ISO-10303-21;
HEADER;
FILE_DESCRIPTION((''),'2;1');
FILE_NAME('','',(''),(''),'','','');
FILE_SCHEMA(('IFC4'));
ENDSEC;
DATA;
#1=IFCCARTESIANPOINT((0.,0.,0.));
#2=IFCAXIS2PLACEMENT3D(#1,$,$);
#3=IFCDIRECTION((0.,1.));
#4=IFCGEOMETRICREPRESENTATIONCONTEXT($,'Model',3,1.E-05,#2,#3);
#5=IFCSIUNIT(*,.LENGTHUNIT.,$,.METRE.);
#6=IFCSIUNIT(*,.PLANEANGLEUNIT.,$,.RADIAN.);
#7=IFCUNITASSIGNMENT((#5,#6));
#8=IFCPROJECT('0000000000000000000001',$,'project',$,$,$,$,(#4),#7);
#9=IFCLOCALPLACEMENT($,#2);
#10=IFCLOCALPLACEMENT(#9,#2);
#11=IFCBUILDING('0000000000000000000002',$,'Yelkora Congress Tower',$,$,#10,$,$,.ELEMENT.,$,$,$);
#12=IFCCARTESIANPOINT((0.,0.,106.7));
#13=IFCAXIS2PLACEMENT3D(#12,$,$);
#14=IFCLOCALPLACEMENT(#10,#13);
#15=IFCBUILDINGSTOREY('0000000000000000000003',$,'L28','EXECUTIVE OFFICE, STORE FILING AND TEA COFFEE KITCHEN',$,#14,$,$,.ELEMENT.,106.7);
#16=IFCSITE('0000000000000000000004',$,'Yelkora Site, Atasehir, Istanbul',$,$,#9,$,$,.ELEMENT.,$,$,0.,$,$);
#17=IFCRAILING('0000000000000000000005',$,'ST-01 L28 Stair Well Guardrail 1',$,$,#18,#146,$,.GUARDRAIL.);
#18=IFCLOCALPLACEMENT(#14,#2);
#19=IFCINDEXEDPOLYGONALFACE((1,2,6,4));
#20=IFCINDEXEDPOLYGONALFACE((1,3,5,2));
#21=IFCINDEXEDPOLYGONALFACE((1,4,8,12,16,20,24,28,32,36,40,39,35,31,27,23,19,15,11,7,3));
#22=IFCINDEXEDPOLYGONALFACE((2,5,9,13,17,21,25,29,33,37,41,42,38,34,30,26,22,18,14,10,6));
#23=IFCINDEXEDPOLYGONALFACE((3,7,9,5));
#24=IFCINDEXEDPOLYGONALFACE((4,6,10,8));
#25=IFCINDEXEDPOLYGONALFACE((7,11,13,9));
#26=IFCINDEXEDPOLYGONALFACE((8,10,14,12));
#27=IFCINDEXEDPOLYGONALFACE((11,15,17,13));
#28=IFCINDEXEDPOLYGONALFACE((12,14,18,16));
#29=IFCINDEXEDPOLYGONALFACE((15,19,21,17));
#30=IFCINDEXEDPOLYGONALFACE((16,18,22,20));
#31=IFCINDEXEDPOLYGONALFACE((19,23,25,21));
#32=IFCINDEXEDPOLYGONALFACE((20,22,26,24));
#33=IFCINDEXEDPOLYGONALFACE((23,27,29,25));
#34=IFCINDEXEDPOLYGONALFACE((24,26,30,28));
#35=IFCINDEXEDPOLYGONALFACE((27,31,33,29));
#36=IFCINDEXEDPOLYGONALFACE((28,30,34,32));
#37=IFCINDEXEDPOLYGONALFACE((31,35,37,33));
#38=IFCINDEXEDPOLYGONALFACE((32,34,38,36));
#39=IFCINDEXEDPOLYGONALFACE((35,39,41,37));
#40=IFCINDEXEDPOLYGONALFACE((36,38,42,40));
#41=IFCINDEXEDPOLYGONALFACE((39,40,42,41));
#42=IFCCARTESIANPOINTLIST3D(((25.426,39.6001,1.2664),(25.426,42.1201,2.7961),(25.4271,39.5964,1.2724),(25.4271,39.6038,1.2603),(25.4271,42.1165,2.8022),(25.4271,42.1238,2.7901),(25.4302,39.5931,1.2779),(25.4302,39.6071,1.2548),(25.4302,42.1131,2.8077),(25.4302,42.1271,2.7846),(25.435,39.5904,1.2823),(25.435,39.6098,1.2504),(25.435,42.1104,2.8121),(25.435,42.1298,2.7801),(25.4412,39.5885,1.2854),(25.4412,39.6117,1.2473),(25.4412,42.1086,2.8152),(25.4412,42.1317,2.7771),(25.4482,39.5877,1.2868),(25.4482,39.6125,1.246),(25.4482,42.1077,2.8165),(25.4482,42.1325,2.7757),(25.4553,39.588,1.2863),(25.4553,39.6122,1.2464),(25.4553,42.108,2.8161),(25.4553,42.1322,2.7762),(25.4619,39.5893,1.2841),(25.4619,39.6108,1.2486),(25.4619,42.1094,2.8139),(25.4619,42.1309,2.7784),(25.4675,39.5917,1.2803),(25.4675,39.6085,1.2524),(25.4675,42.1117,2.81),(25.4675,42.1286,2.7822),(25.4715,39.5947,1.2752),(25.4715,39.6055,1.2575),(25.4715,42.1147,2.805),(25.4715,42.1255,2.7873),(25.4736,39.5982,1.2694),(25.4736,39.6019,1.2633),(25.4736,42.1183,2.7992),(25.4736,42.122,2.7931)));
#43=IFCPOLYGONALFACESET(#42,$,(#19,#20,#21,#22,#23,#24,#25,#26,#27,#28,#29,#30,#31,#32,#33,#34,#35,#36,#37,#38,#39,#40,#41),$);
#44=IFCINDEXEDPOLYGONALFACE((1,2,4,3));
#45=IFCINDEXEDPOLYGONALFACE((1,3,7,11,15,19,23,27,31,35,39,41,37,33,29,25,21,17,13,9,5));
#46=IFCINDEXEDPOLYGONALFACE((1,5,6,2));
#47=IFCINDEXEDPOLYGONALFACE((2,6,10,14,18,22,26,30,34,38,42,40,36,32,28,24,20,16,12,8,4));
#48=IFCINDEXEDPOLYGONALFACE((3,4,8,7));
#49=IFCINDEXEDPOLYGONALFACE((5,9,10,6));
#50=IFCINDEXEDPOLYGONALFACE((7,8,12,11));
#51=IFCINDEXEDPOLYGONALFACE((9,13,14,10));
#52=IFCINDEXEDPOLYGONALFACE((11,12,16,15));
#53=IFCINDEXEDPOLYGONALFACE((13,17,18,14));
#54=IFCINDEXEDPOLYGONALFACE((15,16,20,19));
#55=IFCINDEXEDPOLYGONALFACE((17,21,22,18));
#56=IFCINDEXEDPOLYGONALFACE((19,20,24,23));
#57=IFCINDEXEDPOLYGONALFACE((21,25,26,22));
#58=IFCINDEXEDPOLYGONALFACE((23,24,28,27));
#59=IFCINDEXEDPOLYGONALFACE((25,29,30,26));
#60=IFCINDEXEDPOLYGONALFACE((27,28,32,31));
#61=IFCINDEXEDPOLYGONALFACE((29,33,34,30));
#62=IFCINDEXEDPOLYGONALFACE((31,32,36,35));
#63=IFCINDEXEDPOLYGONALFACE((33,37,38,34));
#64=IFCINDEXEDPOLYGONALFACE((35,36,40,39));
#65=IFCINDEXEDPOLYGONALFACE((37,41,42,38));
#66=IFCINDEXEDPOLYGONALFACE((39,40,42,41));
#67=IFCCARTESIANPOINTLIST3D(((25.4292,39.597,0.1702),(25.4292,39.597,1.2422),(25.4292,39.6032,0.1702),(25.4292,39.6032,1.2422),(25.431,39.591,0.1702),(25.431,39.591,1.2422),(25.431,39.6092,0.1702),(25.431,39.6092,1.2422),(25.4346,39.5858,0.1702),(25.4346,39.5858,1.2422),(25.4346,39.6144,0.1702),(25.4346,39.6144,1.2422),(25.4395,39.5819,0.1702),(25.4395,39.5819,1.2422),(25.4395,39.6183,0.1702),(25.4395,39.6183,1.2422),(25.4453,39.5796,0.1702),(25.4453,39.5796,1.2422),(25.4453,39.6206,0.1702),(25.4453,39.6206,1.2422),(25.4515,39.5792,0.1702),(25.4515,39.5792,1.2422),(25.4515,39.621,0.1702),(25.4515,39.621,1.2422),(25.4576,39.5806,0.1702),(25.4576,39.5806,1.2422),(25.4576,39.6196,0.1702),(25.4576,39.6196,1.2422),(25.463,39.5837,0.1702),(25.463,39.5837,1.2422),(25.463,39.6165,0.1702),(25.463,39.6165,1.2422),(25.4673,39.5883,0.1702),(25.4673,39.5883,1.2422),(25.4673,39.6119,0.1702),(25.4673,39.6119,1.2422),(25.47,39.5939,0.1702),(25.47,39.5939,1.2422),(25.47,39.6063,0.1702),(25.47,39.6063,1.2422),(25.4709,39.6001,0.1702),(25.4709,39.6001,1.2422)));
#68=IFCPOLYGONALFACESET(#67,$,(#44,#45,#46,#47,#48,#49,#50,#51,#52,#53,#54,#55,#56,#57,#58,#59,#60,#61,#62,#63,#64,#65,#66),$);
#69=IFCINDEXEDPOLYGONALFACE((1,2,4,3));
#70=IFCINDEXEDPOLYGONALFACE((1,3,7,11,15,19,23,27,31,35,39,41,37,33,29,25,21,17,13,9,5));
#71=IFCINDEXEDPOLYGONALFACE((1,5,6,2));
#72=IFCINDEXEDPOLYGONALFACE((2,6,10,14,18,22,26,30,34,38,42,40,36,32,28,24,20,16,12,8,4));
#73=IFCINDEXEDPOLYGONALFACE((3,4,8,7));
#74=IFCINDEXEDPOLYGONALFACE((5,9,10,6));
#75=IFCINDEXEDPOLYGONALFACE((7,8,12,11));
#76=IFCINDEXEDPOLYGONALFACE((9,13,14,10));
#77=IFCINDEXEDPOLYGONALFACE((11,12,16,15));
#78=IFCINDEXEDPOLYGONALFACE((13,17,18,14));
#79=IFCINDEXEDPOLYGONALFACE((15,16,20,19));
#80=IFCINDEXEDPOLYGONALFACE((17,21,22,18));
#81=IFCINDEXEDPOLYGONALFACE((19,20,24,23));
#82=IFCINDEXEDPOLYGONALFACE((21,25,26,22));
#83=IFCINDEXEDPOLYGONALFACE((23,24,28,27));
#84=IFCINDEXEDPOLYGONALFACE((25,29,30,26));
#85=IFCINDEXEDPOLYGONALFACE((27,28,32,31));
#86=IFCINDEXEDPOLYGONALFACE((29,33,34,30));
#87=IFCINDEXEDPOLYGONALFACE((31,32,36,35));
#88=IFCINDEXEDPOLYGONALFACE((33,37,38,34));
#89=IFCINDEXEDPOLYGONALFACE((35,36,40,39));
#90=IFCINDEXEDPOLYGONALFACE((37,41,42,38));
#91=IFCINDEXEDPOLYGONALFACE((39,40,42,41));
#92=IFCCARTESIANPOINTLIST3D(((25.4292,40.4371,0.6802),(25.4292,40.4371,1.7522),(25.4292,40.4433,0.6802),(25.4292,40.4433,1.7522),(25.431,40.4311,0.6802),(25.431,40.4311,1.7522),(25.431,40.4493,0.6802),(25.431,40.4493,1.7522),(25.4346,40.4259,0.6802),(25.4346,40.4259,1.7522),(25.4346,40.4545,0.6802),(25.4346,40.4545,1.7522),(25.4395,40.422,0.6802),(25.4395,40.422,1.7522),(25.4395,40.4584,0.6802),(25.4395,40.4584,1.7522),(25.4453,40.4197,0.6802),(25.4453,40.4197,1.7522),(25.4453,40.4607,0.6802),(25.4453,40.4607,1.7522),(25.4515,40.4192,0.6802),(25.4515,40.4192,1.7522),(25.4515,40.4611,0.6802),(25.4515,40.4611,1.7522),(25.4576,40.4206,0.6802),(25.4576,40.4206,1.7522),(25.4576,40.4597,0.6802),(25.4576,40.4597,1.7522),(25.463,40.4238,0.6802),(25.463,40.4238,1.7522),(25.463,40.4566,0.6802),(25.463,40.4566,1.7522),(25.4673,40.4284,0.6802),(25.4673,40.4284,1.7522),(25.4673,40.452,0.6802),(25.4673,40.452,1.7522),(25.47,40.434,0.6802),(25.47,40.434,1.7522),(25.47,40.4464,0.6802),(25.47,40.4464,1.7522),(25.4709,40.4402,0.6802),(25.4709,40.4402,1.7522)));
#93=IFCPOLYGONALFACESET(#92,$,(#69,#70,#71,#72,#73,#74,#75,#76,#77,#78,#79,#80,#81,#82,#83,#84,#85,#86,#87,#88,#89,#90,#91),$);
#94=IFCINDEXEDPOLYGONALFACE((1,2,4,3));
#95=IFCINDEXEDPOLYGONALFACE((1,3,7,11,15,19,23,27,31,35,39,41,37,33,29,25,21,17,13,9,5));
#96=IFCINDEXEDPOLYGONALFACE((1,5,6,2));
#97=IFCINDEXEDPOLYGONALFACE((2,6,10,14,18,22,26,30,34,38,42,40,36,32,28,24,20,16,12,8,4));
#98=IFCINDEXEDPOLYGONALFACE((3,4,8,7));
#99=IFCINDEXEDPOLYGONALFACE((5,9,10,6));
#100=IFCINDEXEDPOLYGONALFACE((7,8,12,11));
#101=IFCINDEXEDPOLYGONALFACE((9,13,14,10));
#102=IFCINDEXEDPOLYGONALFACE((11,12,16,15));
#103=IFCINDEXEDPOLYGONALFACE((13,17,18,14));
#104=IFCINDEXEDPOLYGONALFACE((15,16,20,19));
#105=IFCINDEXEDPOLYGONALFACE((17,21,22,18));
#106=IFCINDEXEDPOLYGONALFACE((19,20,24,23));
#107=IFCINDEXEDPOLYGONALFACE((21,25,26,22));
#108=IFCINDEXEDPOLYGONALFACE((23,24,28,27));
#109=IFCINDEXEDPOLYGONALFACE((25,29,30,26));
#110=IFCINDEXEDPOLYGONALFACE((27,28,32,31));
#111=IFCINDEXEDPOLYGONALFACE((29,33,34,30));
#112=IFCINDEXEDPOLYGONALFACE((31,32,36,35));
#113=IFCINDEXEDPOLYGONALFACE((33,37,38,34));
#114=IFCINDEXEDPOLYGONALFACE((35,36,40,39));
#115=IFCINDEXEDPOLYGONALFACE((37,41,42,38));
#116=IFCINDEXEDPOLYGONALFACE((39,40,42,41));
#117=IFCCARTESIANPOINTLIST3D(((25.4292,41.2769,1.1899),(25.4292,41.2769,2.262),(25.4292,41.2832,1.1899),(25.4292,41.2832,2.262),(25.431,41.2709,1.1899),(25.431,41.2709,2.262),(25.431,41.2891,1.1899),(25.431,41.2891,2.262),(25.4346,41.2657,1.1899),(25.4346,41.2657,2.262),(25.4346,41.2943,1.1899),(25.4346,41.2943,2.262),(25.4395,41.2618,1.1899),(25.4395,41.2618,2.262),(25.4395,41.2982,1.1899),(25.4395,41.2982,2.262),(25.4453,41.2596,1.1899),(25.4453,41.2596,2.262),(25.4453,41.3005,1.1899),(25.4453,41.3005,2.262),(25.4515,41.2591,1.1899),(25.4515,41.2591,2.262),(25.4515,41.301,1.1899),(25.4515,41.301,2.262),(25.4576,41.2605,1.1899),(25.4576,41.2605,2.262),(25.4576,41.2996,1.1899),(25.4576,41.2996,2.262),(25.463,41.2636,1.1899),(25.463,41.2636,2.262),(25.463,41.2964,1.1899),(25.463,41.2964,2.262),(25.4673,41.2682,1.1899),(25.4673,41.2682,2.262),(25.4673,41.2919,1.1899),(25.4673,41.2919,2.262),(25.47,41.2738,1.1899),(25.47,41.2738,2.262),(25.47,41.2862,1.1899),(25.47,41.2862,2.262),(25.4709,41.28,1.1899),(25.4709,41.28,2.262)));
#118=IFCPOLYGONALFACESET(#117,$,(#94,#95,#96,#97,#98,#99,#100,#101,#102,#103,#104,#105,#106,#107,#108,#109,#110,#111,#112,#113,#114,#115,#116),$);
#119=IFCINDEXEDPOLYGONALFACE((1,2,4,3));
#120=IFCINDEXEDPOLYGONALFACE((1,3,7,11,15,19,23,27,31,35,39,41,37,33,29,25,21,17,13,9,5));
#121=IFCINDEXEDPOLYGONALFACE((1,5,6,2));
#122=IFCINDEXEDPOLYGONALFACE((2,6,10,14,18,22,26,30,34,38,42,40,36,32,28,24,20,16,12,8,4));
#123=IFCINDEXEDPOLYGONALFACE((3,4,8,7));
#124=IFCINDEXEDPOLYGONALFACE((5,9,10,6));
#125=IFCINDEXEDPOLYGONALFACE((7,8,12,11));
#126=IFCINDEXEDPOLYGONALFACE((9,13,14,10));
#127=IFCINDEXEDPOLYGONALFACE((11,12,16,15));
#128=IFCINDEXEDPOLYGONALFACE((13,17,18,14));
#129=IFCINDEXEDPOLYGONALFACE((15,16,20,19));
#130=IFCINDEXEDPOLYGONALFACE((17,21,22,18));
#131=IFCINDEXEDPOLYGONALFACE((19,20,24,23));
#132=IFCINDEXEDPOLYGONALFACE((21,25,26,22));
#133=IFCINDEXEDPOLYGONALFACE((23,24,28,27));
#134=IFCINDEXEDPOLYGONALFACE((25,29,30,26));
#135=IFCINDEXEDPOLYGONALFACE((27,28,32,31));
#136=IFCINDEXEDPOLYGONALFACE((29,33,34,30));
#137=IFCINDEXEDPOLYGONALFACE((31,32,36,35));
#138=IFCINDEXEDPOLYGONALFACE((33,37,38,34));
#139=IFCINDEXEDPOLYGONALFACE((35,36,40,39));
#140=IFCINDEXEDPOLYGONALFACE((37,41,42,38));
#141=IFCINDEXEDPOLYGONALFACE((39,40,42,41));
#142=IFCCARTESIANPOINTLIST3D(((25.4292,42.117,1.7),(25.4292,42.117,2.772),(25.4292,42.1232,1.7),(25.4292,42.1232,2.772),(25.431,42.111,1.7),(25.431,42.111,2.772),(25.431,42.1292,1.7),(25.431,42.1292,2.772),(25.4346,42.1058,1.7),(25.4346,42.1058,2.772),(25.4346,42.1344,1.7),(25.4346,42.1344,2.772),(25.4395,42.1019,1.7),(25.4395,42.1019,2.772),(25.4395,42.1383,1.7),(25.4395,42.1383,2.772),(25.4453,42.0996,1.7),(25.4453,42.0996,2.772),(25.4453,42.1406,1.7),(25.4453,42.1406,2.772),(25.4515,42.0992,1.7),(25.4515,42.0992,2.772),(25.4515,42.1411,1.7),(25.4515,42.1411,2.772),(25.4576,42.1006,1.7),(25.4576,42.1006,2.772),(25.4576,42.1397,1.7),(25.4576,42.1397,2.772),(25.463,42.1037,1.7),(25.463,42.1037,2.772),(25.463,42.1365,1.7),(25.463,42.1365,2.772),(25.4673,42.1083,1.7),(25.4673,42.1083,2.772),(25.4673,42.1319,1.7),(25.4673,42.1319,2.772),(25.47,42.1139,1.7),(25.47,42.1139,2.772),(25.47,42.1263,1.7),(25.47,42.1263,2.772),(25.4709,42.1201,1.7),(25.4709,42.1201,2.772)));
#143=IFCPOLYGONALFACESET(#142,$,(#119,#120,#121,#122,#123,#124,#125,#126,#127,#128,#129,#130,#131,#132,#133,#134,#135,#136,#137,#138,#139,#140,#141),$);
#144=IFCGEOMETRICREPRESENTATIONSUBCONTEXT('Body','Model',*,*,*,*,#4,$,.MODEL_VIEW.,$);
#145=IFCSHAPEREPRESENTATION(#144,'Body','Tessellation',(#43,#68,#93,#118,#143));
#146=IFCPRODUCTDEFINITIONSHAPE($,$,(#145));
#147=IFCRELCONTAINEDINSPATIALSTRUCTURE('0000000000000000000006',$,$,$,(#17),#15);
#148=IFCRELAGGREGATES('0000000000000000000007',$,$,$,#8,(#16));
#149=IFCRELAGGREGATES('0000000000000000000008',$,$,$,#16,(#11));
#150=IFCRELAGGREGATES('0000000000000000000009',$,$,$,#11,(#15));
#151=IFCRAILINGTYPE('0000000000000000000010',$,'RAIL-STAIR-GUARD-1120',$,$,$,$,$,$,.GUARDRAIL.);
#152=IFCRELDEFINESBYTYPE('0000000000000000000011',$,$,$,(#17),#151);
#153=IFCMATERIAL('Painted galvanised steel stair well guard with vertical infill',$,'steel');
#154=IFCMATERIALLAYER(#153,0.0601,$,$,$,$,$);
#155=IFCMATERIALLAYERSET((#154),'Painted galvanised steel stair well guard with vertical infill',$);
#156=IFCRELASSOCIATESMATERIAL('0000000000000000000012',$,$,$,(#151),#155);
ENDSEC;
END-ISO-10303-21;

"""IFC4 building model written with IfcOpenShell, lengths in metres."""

from ifc_helpers import new_model, si_unit, direction, frame, origin, origin_2d, place, context, subcontext, project, spatial, circle, extrude, material, layer, layer_set, type_object, element, save


model = new_model("IFC4")

# Units and contexts
model_context = context("Model", 3, precision=1e-05, world=origin(), true_north=direction((0.0, 1.0)))
body_context = subcontext(model_context, "Body", "Model", "MODEL_VIEW")
ifc_project = project(units=[si_unit("LENGTHUNIT", "METRE"), si_unit("PLANEANGLEUNIT", "RADIAN")], contexts=[model_context])

# Site, building, storey
site_placement = place(None, origin())
site = spatial("IfcSite", under=ifc_project, at=site_placement, Name="Yelkora Site, Atasehir, Istanbul", CompositionType="ELEMENT", RefElevation=0.0)
building_placement = place(site_placement, origin())
building = spatial("IfcBuilding", under=site, at=building_placement, Name="Yelkora Congress Tower", CompositionType="ELEMENT")
storey_placement = place(building_placement, frame((0.0, 0.0, 106.7)))
storey = spatial("IfcBuildingStorey", under=building, at=storey_placement, Name="L28", Description="EXECUTIVE OFFICE, STORE FILING AND TEA COFFEE KITCHEN", CompositionType="ELEMENT", Elevation=106.7)

# Railing
ifc_material_1 = material(Name="Painted galvanised steel stair well guard with vertical infill", Category="steel")
ifc_layer_1 = layer(ifc_material_1, 0.0601)
ifc_layer_set_1 = layer_set([ifc_layer_1], Name="Painted galvanised steel stair well guard with vertical infill")
railing_type_1 = type_object("IfcRailingType", Name="RAIL-STAIR-GUARD-1120", PredefinedType="GUARDRAIL", material=ifc_layer_set_1)
railing_1_placement = place(storey_placement, frame((25.45, 39.6001, 0.1702)))
element("IfcRailing", 1, at=railing_1_placement, inside=storey, type_object=railing_type_1, Name="ST-01 L28 Stair Well Guardrail 1", PredefinedType="GUARDRAIL", context=body_context, shape_type="SweptSolid", body=[
    extrude(circle(Radius=0.0239, at=origin_2d()), frame((0.0, 0.0, 1.0962), z_axis=(0.0, 0.854822, 0.518922), x_axis=(-1.0, 0.0, 0.0)), (0.0, 0.0, 1.0), 2.948),
    extrude(circle(Radius=0.021, at=origin_2d()), origin(), (0.0, 0.0, 1.0), 1.072),
    extrude(circle(Radius=0.021, at=origin_2d()), frame((0.0, 0.8401, 0.51)), (0.0, 0.0, 1.0), 1.072),
    extrude(circle(Radius=0.021, at=origin_2d()), frame((0.0, 1.6799, 1.0198)), (0.0, 0.0, 1.0), 1.072),
    extrude(circle(Radius=0.021, at=origin_2d()), frame((0.0, 2.52, 1.5298)), (0.0, 0.0, 1.0), 1.072),
])

save(model, "model.ifc")
